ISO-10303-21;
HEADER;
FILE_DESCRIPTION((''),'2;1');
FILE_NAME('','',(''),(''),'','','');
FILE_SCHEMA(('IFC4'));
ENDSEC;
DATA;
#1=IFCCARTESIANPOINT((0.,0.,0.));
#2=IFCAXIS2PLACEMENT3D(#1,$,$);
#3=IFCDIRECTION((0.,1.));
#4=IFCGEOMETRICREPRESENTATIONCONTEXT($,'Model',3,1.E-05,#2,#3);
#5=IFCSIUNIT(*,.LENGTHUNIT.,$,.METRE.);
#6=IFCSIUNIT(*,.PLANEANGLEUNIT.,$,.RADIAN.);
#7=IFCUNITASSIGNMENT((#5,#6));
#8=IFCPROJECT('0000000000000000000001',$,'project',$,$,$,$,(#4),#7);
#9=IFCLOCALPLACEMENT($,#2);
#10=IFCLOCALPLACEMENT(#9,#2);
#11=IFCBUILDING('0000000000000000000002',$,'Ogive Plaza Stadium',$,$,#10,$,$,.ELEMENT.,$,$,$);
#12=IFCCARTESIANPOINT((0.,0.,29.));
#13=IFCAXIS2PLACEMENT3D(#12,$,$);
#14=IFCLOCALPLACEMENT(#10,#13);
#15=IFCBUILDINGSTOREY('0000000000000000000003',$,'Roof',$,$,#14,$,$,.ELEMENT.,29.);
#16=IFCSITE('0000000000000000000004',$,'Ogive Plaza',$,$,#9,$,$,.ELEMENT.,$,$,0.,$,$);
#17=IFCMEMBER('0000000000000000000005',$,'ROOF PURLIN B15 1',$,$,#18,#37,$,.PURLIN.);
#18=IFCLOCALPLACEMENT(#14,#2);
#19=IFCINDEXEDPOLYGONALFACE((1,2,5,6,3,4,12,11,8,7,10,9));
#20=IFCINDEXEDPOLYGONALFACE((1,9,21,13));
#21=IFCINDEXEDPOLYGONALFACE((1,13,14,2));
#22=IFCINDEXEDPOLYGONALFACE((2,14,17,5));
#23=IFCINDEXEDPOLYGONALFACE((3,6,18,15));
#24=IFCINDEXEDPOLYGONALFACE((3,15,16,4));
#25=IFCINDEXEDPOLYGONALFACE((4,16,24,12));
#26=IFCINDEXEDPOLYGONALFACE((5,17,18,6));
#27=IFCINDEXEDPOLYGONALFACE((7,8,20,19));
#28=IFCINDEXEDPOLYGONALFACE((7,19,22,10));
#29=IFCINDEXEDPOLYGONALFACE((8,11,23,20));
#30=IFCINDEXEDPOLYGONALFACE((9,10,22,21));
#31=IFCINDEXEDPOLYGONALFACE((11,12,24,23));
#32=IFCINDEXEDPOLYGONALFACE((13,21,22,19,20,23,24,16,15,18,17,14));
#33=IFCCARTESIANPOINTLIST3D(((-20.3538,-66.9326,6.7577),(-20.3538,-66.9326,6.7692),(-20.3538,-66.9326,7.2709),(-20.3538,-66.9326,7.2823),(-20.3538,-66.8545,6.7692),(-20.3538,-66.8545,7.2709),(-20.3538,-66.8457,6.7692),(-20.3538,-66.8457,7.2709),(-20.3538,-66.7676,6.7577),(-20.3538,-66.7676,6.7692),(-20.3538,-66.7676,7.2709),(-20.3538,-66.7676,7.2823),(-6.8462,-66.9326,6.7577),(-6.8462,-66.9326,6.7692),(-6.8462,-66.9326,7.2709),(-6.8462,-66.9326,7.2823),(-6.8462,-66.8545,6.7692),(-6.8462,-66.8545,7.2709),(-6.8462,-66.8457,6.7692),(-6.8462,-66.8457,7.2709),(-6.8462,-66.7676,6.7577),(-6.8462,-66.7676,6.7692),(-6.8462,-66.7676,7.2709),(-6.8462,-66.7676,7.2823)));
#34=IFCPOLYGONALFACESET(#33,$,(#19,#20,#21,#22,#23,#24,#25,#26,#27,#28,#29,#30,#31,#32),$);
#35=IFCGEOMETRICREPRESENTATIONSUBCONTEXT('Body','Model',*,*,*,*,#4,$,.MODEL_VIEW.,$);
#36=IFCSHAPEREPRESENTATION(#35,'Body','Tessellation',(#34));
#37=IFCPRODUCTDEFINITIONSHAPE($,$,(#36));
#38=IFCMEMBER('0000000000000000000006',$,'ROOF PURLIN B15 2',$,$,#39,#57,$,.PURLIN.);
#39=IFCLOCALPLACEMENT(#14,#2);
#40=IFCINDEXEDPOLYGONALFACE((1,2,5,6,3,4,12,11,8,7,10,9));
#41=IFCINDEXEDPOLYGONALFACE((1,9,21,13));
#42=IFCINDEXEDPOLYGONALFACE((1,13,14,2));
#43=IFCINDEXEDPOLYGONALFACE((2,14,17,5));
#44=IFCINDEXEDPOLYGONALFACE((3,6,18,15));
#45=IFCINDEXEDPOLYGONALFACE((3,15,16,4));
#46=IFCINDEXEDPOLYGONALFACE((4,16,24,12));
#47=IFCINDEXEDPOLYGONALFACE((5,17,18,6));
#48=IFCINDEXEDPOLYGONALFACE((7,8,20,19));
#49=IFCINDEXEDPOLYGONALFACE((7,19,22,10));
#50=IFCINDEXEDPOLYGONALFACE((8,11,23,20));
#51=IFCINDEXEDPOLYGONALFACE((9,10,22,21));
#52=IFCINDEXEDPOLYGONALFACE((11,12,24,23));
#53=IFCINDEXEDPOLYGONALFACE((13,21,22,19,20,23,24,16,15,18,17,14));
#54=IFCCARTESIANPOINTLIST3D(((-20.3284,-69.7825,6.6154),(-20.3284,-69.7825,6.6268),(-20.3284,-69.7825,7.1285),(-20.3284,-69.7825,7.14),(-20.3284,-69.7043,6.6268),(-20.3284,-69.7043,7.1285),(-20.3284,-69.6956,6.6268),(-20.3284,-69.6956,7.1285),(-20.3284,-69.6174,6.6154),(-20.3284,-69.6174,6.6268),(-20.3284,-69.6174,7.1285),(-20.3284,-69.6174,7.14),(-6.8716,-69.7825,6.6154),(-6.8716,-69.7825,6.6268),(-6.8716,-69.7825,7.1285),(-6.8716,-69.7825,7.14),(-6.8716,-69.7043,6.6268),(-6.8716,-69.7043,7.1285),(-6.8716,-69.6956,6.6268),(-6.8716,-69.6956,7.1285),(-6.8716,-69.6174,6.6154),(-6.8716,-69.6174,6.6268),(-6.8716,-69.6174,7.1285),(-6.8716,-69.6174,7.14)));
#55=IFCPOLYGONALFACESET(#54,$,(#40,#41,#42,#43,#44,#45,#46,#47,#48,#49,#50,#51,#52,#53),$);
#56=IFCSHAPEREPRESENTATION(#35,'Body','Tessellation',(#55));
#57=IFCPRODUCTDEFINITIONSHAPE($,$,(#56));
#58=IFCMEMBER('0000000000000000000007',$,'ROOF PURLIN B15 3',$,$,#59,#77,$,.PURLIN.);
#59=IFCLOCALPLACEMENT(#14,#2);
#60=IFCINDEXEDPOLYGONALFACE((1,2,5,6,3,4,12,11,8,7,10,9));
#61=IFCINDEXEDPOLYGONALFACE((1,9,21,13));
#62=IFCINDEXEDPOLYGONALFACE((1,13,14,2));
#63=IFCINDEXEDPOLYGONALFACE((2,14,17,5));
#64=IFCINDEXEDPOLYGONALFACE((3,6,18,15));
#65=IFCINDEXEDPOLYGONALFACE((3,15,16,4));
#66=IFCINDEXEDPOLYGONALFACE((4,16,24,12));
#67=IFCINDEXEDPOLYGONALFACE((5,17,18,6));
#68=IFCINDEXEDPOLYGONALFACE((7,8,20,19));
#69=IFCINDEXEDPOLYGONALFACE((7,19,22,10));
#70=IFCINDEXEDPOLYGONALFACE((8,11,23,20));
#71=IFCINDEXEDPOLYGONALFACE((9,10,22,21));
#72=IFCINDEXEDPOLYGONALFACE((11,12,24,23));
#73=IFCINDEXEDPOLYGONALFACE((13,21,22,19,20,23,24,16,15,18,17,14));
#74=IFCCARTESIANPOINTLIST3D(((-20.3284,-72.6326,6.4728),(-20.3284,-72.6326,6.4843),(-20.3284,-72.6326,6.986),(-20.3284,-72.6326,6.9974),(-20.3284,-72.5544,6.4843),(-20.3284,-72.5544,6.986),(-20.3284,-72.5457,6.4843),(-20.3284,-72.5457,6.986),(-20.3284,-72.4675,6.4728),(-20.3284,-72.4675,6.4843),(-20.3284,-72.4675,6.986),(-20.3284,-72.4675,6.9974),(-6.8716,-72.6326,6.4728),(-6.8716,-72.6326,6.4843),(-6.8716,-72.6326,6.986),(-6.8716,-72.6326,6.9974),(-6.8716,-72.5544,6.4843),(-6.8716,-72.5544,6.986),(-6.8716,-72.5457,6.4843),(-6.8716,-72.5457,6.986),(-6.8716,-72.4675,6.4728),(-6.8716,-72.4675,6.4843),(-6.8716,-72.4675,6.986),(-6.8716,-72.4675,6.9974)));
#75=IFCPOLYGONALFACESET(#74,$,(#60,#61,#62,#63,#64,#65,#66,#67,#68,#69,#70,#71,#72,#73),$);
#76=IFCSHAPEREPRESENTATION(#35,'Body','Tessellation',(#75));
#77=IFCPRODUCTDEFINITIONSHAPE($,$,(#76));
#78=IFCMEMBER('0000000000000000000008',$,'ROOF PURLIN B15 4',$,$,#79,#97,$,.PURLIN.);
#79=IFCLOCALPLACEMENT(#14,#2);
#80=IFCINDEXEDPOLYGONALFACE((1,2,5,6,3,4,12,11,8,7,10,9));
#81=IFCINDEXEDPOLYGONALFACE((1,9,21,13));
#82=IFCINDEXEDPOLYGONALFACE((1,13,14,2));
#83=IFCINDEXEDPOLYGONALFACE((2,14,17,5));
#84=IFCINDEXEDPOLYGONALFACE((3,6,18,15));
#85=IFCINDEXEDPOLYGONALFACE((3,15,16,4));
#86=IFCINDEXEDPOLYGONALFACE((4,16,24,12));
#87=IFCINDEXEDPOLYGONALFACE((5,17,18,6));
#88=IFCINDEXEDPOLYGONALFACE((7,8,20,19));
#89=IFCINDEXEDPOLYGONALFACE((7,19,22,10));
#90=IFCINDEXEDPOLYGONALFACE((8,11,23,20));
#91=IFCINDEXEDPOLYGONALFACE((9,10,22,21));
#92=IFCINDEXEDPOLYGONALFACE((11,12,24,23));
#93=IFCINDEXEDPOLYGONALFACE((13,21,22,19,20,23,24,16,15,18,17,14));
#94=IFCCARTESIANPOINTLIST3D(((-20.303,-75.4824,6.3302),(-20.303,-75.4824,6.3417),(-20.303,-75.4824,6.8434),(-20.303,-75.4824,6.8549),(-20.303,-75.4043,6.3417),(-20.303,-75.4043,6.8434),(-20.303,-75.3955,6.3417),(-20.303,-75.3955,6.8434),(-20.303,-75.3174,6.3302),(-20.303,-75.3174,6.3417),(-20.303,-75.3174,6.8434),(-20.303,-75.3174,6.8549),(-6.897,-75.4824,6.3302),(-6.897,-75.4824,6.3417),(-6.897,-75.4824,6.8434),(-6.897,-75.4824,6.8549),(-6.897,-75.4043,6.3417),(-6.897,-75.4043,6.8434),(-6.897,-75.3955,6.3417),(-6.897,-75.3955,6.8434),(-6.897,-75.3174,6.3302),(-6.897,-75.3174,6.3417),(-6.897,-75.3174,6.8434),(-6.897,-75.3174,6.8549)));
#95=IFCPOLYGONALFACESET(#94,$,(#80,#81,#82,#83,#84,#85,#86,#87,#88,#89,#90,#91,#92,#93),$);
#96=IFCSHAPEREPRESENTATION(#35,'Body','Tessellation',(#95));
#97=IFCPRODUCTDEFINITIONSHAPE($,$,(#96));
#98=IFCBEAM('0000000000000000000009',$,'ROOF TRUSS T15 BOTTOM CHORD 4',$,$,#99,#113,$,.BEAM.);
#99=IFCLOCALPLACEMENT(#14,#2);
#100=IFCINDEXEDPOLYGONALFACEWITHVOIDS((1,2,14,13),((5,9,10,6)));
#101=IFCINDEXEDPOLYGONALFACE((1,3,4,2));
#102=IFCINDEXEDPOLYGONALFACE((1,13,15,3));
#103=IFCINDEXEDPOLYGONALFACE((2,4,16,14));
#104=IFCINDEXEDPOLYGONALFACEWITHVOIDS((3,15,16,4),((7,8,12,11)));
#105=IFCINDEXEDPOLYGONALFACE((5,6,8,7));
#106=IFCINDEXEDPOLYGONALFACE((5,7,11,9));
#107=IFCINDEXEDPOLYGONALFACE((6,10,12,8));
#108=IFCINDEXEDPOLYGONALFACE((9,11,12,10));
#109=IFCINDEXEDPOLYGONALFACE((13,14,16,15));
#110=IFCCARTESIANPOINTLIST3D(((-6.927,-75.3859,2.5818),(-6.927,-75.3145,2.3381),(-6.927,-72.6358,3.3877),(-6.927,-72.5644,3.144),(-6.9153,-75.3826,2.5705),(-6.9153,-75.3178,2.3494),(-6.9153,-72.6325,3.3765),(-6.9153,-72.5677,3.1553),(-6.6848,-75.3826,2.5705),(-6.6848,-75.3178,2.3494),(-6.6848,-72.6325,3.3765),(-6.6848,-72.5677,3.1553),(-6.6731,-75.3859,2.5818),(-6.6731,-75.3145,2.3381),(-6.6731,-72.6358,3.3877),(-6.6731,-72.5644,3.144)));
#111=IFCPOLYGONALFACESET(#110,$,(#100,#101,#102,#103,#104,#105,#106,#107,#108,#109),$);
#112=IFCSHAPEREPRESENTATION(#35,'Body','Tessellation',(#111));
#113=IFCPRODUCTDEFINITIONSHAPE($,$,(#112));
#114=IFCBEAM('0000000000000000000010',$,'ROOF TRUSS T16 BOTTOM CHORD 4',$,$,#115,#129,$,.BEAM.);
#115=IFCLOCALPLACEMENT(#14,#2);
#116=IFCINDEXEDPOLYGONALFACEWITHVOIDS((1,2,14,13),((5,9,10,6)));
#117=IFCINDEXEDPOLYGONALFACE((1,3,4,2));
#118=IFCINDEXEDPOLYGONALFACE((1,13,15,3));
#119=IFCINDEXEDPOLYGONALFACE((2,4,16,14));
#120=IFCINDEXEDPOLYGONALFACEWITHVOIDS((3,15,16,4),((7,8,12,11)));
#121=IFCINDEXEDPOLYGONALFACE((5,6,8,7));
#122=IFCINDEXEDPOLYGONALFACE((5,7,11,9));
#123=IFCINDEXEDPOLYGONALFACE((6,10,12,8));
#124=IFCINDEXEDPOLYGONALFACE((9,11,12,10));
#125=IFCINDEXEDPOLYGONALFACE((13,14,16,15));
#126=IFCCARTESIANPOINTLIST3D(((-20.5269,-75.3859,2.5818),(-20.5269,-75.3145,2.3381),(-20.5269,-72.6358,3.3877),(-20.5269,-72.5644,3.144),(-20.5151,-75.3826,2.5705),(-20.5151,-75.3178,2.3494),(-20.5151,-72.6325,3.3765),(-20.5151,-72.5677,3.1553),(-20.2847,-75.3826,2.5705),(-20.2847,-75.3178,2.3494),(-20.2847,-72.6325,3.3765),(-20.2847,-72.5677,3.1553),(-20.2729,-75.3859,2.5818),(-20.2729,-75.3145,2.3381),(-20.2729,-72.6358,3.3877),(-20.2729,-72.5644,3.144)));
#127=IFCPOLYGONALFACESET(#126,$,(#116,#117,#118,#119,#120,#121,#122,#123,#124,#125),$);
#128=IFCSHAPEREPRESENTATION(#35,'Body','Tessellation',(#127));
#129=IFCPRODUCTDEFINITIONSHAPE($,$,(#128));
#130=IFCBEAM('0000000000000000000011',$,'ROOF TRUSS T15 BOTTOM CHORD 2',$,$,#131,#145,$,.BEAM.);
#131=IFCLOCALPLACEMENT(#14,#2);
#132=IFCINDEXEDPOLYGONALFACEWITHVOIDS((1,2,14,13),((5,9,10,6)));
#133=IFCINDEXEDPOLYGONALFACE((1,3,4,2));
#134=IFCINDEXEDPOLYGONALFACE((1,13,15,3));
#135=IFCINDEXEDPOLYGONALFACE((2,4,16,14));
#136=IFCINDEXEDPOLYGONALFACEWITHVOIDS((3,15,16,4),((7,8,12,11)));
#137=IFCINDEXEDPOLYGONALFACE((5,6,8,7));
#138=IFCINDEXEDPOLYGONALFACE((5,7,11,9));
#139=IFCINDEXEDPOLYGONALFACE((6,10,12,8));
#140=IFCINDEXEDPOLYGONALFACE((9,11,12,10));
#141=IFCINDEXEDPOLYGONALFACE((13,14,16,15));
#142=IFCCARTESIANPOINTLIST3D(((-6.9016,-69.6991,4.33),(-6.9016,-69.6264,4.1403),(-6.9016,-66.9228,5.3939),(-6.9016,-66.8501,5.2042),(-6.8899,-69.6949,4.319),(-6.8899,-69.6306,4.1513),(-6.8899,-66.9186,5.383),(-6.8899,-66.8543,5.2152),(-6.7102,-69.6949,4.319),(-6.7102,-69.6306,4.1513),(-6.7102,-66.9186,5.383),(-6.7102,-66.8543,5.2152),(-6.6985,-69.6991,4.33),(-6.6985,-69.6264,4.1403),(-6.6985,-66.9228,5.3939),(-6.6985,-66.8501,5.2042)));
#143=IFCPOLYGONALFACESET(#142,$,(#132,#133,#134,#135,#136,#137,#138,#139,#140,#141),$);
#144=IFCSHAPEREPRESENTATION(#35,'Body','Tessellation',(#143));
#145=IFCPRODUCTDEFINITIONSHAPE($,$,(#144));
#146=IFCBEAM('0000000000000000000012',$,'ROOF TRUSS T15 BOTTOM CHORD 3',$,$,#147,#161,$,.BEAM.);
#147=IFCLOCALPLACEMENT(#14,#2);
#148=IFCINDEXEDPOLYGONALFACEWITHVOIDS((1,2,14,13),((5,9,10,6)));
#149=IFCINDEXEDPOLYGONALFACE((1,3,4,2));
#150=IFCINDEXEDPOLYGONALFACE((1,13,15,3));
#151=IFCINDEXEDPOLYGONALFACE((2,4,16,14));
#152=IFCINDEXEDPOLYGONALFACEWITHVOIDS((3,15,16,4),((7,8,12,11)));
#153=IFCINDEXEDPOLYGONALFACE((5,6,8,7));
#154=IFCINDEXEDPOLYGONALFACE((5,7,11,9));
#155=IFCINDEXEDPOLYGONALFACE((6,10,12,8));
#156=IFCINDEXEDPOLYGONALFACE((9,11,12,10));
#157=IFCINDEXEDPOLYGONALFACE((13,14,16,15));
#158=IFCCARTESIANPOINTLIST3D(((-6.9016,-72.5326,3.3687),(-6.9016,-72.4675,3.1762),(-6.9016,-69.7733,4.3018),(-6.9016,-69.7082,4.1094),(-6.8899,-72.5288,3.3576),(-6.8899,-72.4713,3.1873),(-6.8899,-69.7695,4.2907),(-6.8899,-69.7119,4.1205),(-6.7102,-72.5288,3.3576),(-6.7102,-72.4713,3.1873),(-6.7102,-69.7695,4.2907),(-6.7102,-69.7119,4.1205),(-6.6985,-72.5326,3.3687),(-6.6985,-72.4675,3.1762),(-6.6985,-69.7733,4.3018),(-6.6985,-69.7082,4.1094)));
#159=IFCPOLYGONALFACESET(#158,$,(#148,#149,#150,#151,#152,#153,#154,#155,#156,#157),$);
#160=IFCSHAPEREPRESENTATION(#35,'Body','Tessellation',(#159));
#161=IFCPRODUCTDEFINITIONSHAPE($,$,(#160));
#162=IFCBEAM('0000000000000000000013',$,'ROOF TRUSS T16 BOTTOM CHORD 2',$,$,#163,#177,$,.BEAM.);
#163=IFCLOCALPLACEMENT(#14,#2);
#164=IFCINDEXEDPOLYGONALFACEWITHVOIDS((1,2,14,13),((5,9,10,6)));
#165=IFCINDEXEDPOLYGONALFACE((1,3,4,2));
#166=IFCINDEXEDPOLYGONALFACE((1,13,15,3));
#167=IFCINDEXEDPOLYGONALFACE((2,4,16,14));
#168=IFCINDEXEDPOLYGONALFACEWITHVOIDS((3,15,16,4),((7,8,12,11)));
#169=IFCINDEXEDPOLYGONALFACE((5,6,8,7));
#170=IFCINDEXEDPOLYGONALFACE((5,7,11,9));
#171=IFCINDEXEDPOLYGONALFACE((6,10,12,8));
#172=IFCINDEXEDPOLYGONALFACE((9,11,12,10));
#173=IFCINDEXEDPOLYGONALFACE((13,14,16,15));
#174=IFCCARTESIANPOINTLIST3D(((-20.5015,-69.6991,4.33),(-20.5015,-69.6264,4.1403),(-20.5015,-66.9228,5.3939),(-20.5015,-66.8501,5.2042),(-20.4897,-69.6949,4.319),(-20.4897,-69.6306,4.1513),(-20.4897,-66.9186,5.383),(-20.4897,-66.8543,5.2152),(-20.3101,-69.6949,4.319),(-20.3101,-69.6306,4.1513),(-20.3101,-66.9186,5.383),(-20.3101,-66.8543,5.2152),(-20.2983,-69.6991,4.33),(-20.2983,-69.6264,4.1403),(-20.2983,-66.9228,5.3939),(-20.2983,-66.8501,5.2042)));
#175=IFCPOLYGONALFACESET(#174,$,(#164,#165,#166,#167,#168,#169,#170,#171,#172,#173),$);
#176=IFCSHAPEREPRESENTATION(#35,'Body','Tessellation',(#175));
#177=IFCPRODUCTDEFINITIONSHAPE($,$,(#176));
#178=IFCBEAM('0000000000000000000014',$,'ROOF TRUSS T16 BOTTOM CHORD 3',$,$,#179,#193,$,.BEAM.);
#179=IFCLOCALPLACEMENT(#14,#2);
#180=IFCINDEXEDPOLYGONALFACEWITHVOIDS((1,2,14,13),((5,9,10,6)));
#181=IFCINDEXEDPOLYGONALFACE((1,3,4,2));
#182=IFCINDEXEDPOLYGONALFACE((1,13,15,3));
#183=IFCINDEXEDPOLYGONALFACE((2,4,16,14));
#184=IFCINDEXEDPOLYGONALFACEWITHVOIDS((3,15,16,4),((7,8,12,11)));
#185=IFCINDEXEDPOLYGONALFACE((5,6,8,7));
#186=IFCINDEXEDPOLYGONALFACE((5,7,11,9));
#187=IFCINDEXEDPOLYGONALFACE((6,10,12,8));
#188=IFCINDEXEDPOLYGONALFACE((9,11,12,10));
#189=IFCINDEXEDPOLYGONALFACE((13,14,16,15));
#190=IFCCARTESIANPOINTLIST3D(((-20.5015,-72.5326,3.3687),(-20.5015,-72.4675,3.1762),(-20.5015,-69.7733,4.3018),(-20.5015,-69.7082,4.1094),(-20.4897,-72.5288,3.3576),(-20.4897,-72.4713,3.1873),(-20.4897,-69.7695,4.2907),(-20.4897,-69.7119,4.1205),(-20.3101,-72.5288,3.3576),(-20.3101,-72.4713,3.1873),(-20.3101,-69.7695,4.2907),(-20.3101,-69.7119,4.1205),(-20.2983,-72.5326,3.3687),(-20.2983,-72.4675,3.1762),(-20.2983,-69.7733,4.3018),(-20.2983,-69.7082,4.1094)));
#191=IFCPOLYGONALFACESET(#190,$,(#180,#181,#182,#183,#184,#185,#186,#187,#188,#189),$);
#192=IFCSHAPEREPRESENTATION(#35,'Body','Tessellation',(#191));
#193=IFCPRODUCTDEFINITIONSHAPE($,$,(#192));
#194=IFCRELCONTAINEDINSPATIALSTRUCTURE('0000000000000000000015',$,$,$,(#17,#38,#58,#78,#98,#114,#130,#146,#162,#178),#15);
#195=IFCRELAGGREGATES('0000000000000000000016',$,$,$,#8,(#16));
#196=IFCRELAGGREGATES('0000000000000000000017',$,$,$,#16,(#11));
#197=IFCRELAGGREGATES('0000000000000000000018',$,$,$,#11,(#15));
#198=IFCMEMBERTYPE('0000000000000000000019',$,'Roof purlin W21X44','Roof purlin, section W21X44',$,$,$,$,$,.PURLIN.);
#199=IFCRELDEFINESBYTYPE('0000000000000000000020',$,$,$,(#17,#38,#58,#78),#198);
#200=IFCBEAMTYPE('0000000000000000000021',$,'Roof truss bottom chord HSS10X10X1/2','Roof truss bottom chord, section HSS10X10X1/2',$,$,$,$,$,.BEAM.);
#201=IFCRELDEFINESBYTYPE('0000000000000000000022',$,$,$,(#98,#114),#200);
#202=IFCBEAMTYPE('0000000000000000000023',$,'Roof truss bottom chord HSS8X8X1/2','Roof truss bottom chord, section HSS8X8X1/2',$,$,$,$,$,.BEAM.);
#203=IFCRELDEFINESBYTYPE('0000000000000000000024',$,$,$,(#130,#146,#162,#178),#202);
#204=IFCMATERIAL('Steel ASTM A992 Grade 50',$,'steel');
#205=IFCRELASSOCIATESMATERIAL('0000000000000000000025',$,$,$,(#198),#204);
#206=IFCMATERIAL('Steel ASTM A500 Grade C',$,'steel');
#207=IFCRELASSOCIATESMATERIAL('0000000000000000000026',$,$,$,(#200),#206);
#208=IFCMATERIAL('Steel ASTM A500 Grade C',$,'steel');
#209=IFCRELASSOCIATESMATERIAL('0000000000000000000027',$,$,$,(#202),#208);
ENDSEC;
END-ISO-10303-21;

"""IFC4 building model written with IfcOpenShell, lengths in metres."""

from ifc_helpers import new_model, si_unit, direction, frame, origin, origin_2d, place, context, subcontext, project, spatial, hollow_rectangle, i_section, extrude, material, material_profile, profile_set, type_object, element, save


model = new_model("IFC4")

# Units and contexts
model_context = context("Model", 3, precision=1e-05, world=origin(), true_north=direction((0.0, 1.0)))
body_context = subcontext(model_context, "Body", "Model", "MODEL_VIEW")
ifc_project = project(units=[si_unit("LENGTHUNIT", "METRE"), si_unit("PLANEANGLEUNIT", "RADIAN")], contexts=[model_context])

# Site, building, storey
site_placement = place(None, origin())
site = spatial("IfcSite", under=ifc_project, at=site_placement, Name="Ogive Plaza", CompositionType="ELEMENT", RefElevation=0.0)
building_placement = place(site_placement, origin())
building = spatial("IfcBuilding", under=site, at=building_placement, Name="Ogive Plaza Stadium", CompositionType="ELEMENT")
storey_placement = place(building_placement, frame((0.0, 0.0, 29.0)))
storey = spatial("IfcBuildingStorey", under=building, at=storey_placement, Name="Roof", CompositionType="ELEMENT", Elevation=29.0)

# Members
ifc_material_1 = material(Name="Steel ASTM A992 Grade 50", Category="steel")
ifc_material_profile_1 = material_profile(ifc_material_1, i_section(OverallWidth=0.165, OverallDepth=0.5247, WebThickness=0.0088, FlangeThickness=0.0115, at=origin_2d()), Name="W21X44")
ifc_profile_set_1 = profile_set([ifc_material_profile_1], Name="Steel ASTM A992 Grade 50")
member_type_1 = type_object("IfcMemberType", Name="Roof purlin W21X44", Description="Roof purlin, section W21X44", PredefinedType="PURLIN", material=ifc_profile_set_1)
member_1_placement = place(storey_placement, frame((-6.8462, -66.8501, 7.02), z_axis=(-1.0, 0.0, 0.0), x_axis=(0.0, -1.0, 0.0)))
element("IfcMember", 1, at=member_1_placement, inside=storey, type_object=member_type_1, Name="ROOF PURLIN B15 1", PredefinedType="PURLIN", context=body_context, shape_type="SweptSolid", body=[
    extrude(i_section(OverallWidth=0.165, OverallDepth=0.5247, WebThickness=0.0088, FlangeThickness=0.0115, at=origin_2d()), origin(), (0.0, 0.0, 1.0), 13.5076),
])
for number, where, z_axis, x_axis, name in (
    (2, (-6.8716, -69.7, 6.8777), (-1.0, 0.0, 0.0), (0.0, -1.0, 0.0), "ROOF PURLIN B15 2"),
    (3, (-6.8716, -72.55, 6.7351), (-1.0, 0.0, 0.0), (0.0, -1.0, 0.0), "ROOF PURLIN B15 3"),
):
    element("IfcMember", number, at=place(storey_placement, frame(where, z_axis=z_axis, x_axis=x_axis)), inside=storey, type_object=member_type_1, Name=name, PredefinedType="PURLIN", context=body_context, shape_type="SweptSolid", body=[
        extrude(i_section(OverallWidth=0.165, OverallDepth=0.5247, WebThickness=0.0088, FlangeThickness=0.0115, at=origin_2d()), origin(), (0.0, 0.0, 1.0), 13.4568),
    ])
member_2_placement = place(storey_placement, frame((-6.897, -75.3999, 6.5925), z_axis=(-1.0, 0.0, 0.0), x_axis=(0.0, -1.0, 0.0)))
element("IfcMember", 4, at=member_2_placement, inside=storey, type_object=member_type_1, Name="ROOF PURLIN B15 4", PredefinedType="PURLIN", context=body_context, shape_type="SweptSolid", body=[
    extrude(i_section(OverallWidth=0.165, OverallDepth=0.5247, WebThickness=0.0088, FlangeThickness=0.0115, at=origin_2d()), origin(), (0.0, 0.0, 1.0), 13.406),
])

# Beams
ifc_material_2 = material(Name="Steel ASTM A500 Grade C", Category="steel")
ifc_material_profile_2 = material_profile(ifc_material_2, hollow_rectangle(XDim=0.2539, YDim=0.2539, WallThickness=0.0117, at=origin_2d()), Name="HSS10X10X1/2")
ifc_profile_set_2 = profile_set([ifc_material_profile_2], Name="Steel ASTM A500 Grade C")
beam_type_1 = type_object("IfcBeamType", Name="Roof truss bottom chord HSS10X10X1/2", Description="Roof truss bottom chord, section HSS10X10X1/2", PredefinedType="BEAM", material=ifc_profile_set_2)
for number, where, z_axis, x_axis, name in (
    (5, (-6.8, -72.6001, 3.2659), (0.0, -0.95964, -0.28123), (1.0, 0.0, 0.0), "ROOF TRUSS T15 BOTTOM CHORD 4"),
    (6, (-20.3999, -72.6001, 3.2659), (0.0, -0.95964, -0.28123), (1.0, 0.0, 0.0), "ROOF TRUSS T16 BOTTOM CHORD 4"),
):
    element("IfcBeam", number, at=place(storey_placement, frame(where, z_axis=z_axis, x_axis=x_axis)), inside=storey, type_object=beam_type_1, Name=name, PredefinedType="BEAM", context=body_context, shape_type="SweptSolid", body=[
        extrude(hollow_rectangle(XDim=0.2539, YDim=0.2539, WallThickness=0.0117, at=origin_2d()), origin(), (0.0, 0.0, 1.0), 2.8657),
    ])
ifc_material_3 = material(Name="Steel ASTM A500 Grade C", Category="steel")
ifc_material_profile_3 = material_profile(ifc_material_3, hollow_rectangle(XDim=0.2031, YDim=0.2031, WallThickness=0.0117, at=origin_2d()), Name="HSS8X8X1/2")
ifc_profile_set_3 = profile_set([ifc_material_profile_3], Name="Steel ASTM A500 Grade C")
beam_type_2 = type_object("IfcBeamType", Name="Roof truss bottom chord HSS8X8X1/2", Description="Roof truss bottom chord, section HSS8X8X1/2", PredefinedType="BEAM", material=ifc_profile_set_3)
beam_1_placement = place(storey_placement, frame((-6.8, -66.8865, 5.2991), z_axis=(0.0, -0.933781, -0.357845), x_axis=(1.0, 0.0, 0.0)))
element("IfcBeam", 7, at=beam_1_placement, inside=storey, type_object=beam_type_2, Name="ROOF TRUSS T15 BOTTOM CHORD 2", PredefinedType="BEAM", context=body_context, shape_type="SweptSolid", body=[
    extrude(hollow_rectangle(XDim=0.2031, YDim=0.2031, WallThickness=0.0117, at=origin_2d()), origin(), (0.0, 0.0, 1.0), 2.9731),
])
beam_2_placement = place(storey_placement, frame((-6.8, -69.7407, 4.2056), z_axis=(0.0, -0.9473, -0.320349), x_axis=(1.0, 0.0, 0.0)))
element("IfcBeam", 8, at=beam_2_placement, inside=storey, type_object=beam_type_2, Name="ROOF TRUSS T15 BOTTOM CHORD 3", PredefinedType="BEAM", context=body_context, shape_type="SweptSolid", body=[
    extrude(hollow_rectangle(XDim=0.2031, YDim=0.2031, WallThickness=0.0117, at=origin_2d()), origin(), (0.0, 0.0, 1.0), 2.9128),
])
beam_3_placement = place(storey_placement, frame((-20.3999, -66.8865, 5.2991), z_axis=(0.0, -0.933781, -0.357845), x_axis=(1.0, 0.0, 0.0)))
element("IfcBeam", 9, at=beam_3_placement, inside=storey, type_object=beam_type_2, Name="ROOF TRUSS T16 BOTTOM CHORD 2", PredefinedType="BEAM", context=body_context, shape_type="SweptSolid", body=[
    extrude(hollow_rectangle(XDim=0.2031, YDim=0.2031, WallThickness=0.0117, at=origin_2d()), origin(), (0.0, 0.0, 1.0), 2.9731),
])
beam_4_placement = place(storey_placement, frame((-20.3999, -69.7407, 4.2056), z_axis=(0.0, -0.9473, -0.320349), x_axis=(1.0, 0.0, 0.0)))
element("IfcBeam", 10, at=beam_4_placement, inside=storey, type_object=beam_type_2, Name="ROOF TRUSS T16 BOTTOM CHORD 3", PredefinedType="BEAM", context=body_context, shape_type="SweptSolid", body=[
    extrude(hollow_rectangle(XDim=0.2031, YDim=0.2031, WallThickness=0.0117, at=origin_2d()), origin(), (0.0, 0.0, 1.0), 2.9128),
])

save(model, "model.ifc")
